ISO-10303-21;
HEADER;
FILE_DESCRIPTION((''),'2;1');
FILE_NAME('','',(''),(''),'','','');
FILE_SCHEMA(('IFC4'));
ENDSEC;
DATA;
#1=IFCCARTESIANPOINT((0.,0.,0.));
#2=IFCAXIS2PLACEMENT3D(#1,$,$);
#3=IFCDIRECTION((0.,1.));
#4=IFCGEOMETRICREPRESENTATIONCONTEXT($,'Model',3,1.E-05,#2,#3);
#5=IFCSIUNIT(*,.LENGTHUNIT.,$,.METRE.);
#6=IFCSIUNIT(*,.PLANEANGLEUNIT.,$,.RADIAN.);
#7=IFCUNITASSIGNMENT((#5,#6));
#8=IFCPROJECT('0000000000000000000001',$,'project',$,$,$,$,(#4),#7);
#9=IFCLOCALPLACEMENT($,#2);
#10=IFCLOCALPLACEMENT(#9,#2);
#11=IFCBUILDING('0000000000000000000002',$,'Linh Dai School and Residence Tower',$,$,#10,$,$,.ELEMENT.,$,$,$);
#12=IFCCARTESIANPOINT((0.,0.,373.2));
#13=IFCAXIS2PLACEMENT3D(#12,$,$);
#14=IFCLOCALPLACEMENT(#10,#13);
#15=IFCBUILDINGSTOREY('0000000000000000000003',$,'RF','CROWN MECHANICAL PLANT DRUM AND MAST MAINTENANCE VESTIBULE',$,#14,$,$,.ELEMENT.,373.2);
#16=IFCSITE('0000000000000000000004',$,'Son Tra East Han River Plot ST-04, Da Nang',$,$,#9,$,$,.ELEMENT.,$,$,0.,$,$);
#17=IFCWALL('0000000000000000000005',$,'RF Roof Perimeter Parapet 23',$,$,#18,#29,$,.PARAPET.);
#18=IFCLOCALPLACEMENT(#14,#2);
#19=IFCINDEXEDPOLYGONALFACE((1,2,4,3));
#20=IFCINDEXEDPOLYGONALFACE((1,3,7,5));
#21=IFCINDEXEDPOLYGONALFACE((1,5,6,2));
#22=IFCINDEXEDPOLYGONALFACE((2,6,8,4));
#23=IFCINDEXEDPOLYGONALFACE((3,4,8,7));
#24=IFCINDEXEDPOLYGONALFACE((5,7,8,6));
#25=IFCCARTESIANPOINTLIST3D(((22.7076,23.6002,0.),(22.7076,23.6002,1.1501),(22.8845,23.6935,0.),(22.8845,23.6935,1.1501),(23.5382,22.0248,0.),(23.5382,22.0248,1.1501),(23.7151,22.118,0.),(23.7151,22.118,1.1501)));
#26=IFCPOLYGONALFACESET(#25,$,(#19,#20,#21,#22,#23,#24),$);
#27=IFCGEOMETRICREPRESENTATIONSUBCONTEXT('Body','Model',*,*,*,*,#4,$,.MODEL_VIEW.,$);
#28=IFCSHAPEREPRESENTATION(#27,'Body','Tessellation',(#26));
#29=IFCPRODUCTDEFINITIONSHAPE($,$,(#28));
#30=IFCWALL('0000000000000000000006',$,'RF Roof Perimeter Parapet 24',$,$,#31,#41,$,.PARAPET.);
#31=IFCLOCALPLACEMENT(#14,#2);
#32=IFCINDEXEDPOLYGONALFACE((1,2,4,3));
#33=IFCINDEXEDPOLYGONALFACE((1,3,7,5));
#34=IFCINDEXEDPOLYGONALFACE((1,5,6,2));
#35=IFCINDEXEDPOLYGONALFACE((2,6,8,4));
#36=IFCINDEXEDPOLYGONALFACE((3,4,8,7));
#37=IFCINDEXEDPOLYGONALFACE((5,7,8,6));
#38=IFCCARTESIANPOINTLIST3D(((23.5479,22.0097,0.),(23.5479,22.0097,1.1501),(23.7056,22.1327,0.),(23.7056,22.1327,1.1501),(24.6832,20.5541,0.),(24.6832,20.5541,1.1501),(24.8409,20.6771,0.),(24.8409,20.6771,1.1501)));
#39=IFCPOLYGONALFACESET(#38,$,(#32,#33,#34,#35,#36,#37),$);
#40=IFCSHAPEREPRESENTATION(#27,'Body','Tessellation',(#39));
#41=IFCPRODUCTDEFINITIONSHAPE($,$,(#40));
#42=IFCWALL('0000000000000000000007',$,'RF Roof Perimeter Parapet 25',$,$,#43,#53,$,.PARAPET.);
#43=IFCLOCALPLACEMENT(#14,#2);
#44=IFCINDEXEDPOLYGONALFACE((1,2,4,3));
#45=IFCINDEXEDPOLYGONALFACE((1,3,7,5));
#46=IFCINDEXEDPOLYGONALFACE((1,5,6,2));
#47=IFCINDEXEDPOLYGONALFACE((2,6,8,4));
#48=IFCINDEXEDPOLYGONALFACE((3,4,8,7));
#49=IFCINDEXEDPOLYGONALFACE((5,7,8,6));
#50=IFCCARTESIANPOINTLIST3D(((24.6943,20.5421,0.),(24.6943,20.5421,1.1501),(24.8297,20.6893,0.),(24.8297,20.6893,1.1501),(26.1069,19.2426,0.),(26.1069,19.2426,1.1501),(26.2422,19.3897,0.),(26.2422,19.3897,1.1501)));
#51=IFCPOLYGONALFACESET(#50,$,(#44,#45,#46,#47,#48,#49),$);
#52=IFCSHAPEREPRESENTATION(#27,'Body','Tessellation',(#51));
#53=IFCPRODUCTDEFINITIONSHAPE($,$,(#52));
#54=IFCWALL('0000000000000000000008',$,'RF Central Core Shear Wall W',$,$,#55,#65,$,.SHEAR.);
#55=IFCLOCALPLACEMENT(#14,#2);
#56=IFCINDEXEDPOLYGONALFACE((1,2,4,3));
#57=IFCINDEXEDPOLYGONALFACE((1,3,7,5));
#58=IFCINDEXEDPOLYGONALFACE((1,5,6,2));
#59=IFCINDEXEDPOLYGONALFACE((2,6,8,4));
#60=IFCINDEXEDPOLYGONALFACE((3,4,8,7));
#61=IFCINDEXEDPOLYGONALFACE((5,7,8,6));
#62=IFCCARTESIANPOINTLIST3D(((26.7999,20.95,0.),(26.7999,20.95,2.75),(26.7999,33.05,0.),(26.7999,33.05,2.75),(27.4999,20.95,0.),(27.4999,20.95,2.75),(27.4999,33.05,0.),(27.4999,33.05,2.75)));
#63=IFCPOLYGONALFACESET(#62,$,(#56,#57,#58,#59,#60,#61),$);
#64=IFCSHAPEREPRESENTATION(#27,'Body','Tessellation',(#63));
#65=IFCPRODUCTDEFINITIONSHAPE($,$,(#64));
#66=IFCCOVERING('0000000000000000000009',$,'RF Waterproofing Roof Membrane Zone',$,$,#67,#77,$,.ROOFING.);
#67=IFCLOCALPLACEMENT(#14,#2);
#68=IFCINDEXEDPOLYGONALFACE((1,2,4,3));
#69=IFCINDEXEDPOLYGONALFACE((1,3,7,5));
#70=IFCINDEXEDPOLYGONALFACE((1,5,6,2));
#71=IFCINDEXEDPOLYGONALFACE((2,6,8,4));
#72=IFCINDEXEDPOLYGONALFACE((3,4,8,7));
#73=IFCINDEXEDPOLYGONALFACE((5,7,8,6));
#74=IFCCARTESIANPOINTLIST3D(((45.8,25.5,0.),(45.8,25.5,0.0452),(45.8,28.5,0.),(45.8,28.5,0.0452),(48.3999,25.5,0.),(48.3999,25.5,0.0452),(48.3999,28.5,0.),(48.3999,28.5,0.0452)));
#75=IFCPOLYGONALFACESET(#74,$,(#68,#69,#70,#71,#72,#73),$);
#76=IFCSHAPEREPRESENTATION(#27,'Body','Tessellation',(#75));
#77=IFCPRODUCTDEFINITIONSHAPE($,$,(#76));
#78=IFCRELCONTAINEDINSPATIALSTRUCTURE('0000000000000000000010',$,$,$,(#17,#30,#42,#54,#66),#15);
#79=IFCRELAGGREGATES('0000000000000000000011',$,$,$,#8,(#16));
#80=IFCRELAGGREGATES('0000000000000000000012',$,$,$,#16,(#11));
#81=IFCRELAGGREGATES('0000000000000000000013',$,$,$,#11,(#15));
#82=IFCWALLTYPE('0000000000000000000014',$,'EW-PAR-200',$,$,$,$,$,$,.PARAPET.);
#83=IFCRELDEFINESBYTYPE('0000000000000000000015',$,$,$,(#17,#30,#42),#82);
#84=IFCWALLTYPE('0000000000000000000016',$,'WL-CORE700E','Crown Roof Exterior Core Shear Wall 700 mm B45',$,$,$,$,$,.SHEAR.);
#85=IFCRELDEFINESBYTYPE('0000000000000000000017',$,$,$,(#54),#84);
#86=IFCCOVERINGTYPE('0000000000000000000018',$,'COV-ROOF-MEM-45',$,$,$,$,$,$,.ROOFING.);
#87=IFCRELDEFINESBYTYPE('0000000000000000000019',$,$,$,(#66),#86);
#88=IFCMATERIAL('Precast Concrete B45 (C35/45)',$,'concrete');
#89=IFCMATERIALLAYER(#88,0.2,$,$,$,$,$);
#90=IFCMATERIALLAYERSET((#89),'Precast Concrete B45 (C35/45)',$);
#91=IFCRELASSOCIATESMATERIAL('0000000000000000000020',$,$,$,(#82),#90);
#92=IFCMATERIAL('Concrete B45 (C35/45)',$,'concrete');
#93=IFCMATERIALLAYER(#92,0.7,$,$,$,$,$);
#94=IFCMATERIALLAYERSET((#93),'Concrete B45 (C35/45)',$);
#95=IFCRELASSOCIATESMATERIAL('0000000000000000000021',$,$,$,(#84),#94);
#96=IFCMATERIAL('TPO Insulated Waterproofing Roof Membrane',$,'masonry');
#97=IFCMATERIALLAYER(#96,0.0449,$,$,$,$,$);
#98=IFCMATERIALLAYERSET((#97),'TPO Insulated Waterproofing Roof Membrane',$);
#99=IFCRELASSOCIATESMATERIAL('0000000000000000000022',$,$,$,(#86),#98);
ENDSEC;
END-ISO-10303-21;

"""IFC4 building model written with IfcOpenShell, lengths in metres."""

from ifc_helpers import new_model, si_unit, direction, frame, frame_2d, origin, place, context, subcontext, project, spatial, polyline, rectangle, outline, extrude, material, layer, layer_set, type_object, element, save


model = new_model("IFC4")

# Units and contexts
model_context = context("Model", 3, precision=1e-05, world=origin(), true_north=direction((0.0, 1.0)))
body_context = subcontext(model_context, "Body", "Model", "MODEL_VIEW")
ifc_project = project(units=[si_unit("LENGTHUNIT", "METRE"), si_unit("PLANEANGLEUNIT", "RADIAN")], contexts=[model_context])

# Site, building, storey
site_placement = place(None, origin())
site = spatial("IfcSite", under=ifc_project, at=site_placement, Name="Son Tra East Han River Plot ST-04, Da Nang", CompositionType="ELEMENT", RefElevation=0.0)
building_placement = place(site_placement, origin())
building = spatial("IfcBuilding", under=site, at=building_placement, Name="Linh Dai School and Residence Tower", CompositionType="ELEMENT")
storey_placement = place(building_placement, frame((0.0, 0.0, 373.2)))
storey = spatial("IfcBuildingStorey", under=building, at=storey_placement, Name="RF", Description="CROWN MECHANICAL PLANT DRUM AND MAST MAINTENANCE VESTIBULE", CompositionType="ELEMENT", Elevation=373.2)

# Shared definitions
ifc_material_1 = material(Name="Concrete B45 (C35/45)", Category="concrete")

# Walls
ifc_material_2 = material(Name="Precast Concrete B45 (C35/45)", Category="concrete")
ifc_layer_1 = layer(ifc_material_2, 0.2)
ifc_layer_set_1 = layer_set([ifc_layer_1], Name="Precast Concrete B45 (C35/45)")
wall_type_1 = type_object("IfcWallType", Name="EW-PAR-200", PredefinedType="PARAPET", material=ifc_layer_set_1)
wall_1_placement = place(storey_placement, frame((23.6267, 22.0713, 0.0), z_axis=(0.0, 0.0, 1.0), x_axis=(-0.466357, 0.884597, 0.0)))
element("IfcWall", 1, at=wall_1_placement, inside=storey, type_object=wall_type_1, Name="RF Roof Perimeter Parapet 23", PredefinedType="PARAPET", context=body_context, shape_type="SweptSolid", body=[
    extrude(rectangle(XDim=1.781, YDim=0.2, at=frame_2d((0.8906, 0.0))), origin(), (0.0, 0.0, 1.0), 1.1501),
])
wall_2_placement = place(storey_placement, frame((24.762, 20.6157, 0.0), z_axis=(0.0, 0.0, 1.0), x_axis=(-0.615002, 0.788525, 0.0)))
element("IfcWall", 2, at=wall_2_placement, inside=storey, type_object=wall_type_1, Name="RF Roof Perimeter Parapet 24", PredefinedType="PARAPET", context=body_context, shape_type="SweptSolid", body=[
    extrude(rectangle(XDim=1.8459, YDim=0.2, at=frame_2d((0.9229, 0.0))), origin(), (0.0, 0.0, 1.0), 1.1501),
])
wall_3_placement = place(storey_placement, frame((26.1746, 19.3162, 0.0), z_axis=(0.0, 0.0, 1.0), x_axis=(-0.735939, 0.677048, 0.0)))
element("IfcWall", 3, at=wall_3_placement, inside=storey, type_object=wall_type_1, Name="RF Roof Perimeter Parapet 25", PredefinedType="PARAPET", context=body_context, shape_type="SweptSolid", body=[
    extrude(rectangle(XDim=1.9194, YDim=0.2, at=frame_2d((0.9597, 0.0))), origin(), (0.0, 0.0, 1.0), 1.1501),
])

# Wall
ifc_layer_2 = layer(ifc_material_1, 0.7)
ifc_layer_set_2 = layer_set([ifc_layer_2], Name="Concrete B45 (C35/45)")
wall_type_2 = type_object("IfcWallType", Name="WL-CORE700E", Description="Crown Roof Exterior Core Shear Wall 700 mm B45", PredefinedType="SHEAR", material=ifc_layer_set_2)
wall_4_placement = place(storey_placement, frame((27.1499, 20.95, 0.0), z_axis=(0.0, 0.0, 1.0), x_axis=(0.0, 1.0, 0.0)))
element("IfcWall", 4, at=wall_4_placement, inside=storey, type_object=wall_type_2, Name="RF Central Core Shear Wall W", PredefinedType="SHEAR", context=body_context, shape_type="SweptSolid", body=[
    extrude(rectangle(XDim=12.1001, YDim=0.7, at=frame_2d((6.05, 0.0))), origin(), (0.0, 0.0, 1.0), 2.75),
])

# Covering
ifc_material_3 = material(Name="TPO Insulated Waterproofing Roof Membrane", Category="masonry")
ifc_layer_3 = layer(ifc_material_3, 0.0449)
ifc_layer_set_3 = layer_set([ifc_layer_3], Name="TPO Insulated Waterproofing Roof Membrane")
covering_type = type_object("IfcCoveringType", Name="COV-ROOF-MEM-45", PredefinedType="ROOFING", material=ifc_layer_set_3)
covering_placement = place(storey_placement, origin())
element("IfcCovering", 5, at=covering_placement, inside=storey, type_object=covering_type, Name="RF Waterproofing Roof Membrane Zone", PredefinedType="ROOFING", context=body_context, shape_type="SweptSolid", body=[
    extrude(outline(polyline([(45.8, 25.5), (48.3999, 25.5), (48.3999, 28.5), (45.8, 28.5), (45.8, 25.5)])), origin(), (0.0, 0.0, 1.0), 0.0452),
])

save(model, "model.ifc")
